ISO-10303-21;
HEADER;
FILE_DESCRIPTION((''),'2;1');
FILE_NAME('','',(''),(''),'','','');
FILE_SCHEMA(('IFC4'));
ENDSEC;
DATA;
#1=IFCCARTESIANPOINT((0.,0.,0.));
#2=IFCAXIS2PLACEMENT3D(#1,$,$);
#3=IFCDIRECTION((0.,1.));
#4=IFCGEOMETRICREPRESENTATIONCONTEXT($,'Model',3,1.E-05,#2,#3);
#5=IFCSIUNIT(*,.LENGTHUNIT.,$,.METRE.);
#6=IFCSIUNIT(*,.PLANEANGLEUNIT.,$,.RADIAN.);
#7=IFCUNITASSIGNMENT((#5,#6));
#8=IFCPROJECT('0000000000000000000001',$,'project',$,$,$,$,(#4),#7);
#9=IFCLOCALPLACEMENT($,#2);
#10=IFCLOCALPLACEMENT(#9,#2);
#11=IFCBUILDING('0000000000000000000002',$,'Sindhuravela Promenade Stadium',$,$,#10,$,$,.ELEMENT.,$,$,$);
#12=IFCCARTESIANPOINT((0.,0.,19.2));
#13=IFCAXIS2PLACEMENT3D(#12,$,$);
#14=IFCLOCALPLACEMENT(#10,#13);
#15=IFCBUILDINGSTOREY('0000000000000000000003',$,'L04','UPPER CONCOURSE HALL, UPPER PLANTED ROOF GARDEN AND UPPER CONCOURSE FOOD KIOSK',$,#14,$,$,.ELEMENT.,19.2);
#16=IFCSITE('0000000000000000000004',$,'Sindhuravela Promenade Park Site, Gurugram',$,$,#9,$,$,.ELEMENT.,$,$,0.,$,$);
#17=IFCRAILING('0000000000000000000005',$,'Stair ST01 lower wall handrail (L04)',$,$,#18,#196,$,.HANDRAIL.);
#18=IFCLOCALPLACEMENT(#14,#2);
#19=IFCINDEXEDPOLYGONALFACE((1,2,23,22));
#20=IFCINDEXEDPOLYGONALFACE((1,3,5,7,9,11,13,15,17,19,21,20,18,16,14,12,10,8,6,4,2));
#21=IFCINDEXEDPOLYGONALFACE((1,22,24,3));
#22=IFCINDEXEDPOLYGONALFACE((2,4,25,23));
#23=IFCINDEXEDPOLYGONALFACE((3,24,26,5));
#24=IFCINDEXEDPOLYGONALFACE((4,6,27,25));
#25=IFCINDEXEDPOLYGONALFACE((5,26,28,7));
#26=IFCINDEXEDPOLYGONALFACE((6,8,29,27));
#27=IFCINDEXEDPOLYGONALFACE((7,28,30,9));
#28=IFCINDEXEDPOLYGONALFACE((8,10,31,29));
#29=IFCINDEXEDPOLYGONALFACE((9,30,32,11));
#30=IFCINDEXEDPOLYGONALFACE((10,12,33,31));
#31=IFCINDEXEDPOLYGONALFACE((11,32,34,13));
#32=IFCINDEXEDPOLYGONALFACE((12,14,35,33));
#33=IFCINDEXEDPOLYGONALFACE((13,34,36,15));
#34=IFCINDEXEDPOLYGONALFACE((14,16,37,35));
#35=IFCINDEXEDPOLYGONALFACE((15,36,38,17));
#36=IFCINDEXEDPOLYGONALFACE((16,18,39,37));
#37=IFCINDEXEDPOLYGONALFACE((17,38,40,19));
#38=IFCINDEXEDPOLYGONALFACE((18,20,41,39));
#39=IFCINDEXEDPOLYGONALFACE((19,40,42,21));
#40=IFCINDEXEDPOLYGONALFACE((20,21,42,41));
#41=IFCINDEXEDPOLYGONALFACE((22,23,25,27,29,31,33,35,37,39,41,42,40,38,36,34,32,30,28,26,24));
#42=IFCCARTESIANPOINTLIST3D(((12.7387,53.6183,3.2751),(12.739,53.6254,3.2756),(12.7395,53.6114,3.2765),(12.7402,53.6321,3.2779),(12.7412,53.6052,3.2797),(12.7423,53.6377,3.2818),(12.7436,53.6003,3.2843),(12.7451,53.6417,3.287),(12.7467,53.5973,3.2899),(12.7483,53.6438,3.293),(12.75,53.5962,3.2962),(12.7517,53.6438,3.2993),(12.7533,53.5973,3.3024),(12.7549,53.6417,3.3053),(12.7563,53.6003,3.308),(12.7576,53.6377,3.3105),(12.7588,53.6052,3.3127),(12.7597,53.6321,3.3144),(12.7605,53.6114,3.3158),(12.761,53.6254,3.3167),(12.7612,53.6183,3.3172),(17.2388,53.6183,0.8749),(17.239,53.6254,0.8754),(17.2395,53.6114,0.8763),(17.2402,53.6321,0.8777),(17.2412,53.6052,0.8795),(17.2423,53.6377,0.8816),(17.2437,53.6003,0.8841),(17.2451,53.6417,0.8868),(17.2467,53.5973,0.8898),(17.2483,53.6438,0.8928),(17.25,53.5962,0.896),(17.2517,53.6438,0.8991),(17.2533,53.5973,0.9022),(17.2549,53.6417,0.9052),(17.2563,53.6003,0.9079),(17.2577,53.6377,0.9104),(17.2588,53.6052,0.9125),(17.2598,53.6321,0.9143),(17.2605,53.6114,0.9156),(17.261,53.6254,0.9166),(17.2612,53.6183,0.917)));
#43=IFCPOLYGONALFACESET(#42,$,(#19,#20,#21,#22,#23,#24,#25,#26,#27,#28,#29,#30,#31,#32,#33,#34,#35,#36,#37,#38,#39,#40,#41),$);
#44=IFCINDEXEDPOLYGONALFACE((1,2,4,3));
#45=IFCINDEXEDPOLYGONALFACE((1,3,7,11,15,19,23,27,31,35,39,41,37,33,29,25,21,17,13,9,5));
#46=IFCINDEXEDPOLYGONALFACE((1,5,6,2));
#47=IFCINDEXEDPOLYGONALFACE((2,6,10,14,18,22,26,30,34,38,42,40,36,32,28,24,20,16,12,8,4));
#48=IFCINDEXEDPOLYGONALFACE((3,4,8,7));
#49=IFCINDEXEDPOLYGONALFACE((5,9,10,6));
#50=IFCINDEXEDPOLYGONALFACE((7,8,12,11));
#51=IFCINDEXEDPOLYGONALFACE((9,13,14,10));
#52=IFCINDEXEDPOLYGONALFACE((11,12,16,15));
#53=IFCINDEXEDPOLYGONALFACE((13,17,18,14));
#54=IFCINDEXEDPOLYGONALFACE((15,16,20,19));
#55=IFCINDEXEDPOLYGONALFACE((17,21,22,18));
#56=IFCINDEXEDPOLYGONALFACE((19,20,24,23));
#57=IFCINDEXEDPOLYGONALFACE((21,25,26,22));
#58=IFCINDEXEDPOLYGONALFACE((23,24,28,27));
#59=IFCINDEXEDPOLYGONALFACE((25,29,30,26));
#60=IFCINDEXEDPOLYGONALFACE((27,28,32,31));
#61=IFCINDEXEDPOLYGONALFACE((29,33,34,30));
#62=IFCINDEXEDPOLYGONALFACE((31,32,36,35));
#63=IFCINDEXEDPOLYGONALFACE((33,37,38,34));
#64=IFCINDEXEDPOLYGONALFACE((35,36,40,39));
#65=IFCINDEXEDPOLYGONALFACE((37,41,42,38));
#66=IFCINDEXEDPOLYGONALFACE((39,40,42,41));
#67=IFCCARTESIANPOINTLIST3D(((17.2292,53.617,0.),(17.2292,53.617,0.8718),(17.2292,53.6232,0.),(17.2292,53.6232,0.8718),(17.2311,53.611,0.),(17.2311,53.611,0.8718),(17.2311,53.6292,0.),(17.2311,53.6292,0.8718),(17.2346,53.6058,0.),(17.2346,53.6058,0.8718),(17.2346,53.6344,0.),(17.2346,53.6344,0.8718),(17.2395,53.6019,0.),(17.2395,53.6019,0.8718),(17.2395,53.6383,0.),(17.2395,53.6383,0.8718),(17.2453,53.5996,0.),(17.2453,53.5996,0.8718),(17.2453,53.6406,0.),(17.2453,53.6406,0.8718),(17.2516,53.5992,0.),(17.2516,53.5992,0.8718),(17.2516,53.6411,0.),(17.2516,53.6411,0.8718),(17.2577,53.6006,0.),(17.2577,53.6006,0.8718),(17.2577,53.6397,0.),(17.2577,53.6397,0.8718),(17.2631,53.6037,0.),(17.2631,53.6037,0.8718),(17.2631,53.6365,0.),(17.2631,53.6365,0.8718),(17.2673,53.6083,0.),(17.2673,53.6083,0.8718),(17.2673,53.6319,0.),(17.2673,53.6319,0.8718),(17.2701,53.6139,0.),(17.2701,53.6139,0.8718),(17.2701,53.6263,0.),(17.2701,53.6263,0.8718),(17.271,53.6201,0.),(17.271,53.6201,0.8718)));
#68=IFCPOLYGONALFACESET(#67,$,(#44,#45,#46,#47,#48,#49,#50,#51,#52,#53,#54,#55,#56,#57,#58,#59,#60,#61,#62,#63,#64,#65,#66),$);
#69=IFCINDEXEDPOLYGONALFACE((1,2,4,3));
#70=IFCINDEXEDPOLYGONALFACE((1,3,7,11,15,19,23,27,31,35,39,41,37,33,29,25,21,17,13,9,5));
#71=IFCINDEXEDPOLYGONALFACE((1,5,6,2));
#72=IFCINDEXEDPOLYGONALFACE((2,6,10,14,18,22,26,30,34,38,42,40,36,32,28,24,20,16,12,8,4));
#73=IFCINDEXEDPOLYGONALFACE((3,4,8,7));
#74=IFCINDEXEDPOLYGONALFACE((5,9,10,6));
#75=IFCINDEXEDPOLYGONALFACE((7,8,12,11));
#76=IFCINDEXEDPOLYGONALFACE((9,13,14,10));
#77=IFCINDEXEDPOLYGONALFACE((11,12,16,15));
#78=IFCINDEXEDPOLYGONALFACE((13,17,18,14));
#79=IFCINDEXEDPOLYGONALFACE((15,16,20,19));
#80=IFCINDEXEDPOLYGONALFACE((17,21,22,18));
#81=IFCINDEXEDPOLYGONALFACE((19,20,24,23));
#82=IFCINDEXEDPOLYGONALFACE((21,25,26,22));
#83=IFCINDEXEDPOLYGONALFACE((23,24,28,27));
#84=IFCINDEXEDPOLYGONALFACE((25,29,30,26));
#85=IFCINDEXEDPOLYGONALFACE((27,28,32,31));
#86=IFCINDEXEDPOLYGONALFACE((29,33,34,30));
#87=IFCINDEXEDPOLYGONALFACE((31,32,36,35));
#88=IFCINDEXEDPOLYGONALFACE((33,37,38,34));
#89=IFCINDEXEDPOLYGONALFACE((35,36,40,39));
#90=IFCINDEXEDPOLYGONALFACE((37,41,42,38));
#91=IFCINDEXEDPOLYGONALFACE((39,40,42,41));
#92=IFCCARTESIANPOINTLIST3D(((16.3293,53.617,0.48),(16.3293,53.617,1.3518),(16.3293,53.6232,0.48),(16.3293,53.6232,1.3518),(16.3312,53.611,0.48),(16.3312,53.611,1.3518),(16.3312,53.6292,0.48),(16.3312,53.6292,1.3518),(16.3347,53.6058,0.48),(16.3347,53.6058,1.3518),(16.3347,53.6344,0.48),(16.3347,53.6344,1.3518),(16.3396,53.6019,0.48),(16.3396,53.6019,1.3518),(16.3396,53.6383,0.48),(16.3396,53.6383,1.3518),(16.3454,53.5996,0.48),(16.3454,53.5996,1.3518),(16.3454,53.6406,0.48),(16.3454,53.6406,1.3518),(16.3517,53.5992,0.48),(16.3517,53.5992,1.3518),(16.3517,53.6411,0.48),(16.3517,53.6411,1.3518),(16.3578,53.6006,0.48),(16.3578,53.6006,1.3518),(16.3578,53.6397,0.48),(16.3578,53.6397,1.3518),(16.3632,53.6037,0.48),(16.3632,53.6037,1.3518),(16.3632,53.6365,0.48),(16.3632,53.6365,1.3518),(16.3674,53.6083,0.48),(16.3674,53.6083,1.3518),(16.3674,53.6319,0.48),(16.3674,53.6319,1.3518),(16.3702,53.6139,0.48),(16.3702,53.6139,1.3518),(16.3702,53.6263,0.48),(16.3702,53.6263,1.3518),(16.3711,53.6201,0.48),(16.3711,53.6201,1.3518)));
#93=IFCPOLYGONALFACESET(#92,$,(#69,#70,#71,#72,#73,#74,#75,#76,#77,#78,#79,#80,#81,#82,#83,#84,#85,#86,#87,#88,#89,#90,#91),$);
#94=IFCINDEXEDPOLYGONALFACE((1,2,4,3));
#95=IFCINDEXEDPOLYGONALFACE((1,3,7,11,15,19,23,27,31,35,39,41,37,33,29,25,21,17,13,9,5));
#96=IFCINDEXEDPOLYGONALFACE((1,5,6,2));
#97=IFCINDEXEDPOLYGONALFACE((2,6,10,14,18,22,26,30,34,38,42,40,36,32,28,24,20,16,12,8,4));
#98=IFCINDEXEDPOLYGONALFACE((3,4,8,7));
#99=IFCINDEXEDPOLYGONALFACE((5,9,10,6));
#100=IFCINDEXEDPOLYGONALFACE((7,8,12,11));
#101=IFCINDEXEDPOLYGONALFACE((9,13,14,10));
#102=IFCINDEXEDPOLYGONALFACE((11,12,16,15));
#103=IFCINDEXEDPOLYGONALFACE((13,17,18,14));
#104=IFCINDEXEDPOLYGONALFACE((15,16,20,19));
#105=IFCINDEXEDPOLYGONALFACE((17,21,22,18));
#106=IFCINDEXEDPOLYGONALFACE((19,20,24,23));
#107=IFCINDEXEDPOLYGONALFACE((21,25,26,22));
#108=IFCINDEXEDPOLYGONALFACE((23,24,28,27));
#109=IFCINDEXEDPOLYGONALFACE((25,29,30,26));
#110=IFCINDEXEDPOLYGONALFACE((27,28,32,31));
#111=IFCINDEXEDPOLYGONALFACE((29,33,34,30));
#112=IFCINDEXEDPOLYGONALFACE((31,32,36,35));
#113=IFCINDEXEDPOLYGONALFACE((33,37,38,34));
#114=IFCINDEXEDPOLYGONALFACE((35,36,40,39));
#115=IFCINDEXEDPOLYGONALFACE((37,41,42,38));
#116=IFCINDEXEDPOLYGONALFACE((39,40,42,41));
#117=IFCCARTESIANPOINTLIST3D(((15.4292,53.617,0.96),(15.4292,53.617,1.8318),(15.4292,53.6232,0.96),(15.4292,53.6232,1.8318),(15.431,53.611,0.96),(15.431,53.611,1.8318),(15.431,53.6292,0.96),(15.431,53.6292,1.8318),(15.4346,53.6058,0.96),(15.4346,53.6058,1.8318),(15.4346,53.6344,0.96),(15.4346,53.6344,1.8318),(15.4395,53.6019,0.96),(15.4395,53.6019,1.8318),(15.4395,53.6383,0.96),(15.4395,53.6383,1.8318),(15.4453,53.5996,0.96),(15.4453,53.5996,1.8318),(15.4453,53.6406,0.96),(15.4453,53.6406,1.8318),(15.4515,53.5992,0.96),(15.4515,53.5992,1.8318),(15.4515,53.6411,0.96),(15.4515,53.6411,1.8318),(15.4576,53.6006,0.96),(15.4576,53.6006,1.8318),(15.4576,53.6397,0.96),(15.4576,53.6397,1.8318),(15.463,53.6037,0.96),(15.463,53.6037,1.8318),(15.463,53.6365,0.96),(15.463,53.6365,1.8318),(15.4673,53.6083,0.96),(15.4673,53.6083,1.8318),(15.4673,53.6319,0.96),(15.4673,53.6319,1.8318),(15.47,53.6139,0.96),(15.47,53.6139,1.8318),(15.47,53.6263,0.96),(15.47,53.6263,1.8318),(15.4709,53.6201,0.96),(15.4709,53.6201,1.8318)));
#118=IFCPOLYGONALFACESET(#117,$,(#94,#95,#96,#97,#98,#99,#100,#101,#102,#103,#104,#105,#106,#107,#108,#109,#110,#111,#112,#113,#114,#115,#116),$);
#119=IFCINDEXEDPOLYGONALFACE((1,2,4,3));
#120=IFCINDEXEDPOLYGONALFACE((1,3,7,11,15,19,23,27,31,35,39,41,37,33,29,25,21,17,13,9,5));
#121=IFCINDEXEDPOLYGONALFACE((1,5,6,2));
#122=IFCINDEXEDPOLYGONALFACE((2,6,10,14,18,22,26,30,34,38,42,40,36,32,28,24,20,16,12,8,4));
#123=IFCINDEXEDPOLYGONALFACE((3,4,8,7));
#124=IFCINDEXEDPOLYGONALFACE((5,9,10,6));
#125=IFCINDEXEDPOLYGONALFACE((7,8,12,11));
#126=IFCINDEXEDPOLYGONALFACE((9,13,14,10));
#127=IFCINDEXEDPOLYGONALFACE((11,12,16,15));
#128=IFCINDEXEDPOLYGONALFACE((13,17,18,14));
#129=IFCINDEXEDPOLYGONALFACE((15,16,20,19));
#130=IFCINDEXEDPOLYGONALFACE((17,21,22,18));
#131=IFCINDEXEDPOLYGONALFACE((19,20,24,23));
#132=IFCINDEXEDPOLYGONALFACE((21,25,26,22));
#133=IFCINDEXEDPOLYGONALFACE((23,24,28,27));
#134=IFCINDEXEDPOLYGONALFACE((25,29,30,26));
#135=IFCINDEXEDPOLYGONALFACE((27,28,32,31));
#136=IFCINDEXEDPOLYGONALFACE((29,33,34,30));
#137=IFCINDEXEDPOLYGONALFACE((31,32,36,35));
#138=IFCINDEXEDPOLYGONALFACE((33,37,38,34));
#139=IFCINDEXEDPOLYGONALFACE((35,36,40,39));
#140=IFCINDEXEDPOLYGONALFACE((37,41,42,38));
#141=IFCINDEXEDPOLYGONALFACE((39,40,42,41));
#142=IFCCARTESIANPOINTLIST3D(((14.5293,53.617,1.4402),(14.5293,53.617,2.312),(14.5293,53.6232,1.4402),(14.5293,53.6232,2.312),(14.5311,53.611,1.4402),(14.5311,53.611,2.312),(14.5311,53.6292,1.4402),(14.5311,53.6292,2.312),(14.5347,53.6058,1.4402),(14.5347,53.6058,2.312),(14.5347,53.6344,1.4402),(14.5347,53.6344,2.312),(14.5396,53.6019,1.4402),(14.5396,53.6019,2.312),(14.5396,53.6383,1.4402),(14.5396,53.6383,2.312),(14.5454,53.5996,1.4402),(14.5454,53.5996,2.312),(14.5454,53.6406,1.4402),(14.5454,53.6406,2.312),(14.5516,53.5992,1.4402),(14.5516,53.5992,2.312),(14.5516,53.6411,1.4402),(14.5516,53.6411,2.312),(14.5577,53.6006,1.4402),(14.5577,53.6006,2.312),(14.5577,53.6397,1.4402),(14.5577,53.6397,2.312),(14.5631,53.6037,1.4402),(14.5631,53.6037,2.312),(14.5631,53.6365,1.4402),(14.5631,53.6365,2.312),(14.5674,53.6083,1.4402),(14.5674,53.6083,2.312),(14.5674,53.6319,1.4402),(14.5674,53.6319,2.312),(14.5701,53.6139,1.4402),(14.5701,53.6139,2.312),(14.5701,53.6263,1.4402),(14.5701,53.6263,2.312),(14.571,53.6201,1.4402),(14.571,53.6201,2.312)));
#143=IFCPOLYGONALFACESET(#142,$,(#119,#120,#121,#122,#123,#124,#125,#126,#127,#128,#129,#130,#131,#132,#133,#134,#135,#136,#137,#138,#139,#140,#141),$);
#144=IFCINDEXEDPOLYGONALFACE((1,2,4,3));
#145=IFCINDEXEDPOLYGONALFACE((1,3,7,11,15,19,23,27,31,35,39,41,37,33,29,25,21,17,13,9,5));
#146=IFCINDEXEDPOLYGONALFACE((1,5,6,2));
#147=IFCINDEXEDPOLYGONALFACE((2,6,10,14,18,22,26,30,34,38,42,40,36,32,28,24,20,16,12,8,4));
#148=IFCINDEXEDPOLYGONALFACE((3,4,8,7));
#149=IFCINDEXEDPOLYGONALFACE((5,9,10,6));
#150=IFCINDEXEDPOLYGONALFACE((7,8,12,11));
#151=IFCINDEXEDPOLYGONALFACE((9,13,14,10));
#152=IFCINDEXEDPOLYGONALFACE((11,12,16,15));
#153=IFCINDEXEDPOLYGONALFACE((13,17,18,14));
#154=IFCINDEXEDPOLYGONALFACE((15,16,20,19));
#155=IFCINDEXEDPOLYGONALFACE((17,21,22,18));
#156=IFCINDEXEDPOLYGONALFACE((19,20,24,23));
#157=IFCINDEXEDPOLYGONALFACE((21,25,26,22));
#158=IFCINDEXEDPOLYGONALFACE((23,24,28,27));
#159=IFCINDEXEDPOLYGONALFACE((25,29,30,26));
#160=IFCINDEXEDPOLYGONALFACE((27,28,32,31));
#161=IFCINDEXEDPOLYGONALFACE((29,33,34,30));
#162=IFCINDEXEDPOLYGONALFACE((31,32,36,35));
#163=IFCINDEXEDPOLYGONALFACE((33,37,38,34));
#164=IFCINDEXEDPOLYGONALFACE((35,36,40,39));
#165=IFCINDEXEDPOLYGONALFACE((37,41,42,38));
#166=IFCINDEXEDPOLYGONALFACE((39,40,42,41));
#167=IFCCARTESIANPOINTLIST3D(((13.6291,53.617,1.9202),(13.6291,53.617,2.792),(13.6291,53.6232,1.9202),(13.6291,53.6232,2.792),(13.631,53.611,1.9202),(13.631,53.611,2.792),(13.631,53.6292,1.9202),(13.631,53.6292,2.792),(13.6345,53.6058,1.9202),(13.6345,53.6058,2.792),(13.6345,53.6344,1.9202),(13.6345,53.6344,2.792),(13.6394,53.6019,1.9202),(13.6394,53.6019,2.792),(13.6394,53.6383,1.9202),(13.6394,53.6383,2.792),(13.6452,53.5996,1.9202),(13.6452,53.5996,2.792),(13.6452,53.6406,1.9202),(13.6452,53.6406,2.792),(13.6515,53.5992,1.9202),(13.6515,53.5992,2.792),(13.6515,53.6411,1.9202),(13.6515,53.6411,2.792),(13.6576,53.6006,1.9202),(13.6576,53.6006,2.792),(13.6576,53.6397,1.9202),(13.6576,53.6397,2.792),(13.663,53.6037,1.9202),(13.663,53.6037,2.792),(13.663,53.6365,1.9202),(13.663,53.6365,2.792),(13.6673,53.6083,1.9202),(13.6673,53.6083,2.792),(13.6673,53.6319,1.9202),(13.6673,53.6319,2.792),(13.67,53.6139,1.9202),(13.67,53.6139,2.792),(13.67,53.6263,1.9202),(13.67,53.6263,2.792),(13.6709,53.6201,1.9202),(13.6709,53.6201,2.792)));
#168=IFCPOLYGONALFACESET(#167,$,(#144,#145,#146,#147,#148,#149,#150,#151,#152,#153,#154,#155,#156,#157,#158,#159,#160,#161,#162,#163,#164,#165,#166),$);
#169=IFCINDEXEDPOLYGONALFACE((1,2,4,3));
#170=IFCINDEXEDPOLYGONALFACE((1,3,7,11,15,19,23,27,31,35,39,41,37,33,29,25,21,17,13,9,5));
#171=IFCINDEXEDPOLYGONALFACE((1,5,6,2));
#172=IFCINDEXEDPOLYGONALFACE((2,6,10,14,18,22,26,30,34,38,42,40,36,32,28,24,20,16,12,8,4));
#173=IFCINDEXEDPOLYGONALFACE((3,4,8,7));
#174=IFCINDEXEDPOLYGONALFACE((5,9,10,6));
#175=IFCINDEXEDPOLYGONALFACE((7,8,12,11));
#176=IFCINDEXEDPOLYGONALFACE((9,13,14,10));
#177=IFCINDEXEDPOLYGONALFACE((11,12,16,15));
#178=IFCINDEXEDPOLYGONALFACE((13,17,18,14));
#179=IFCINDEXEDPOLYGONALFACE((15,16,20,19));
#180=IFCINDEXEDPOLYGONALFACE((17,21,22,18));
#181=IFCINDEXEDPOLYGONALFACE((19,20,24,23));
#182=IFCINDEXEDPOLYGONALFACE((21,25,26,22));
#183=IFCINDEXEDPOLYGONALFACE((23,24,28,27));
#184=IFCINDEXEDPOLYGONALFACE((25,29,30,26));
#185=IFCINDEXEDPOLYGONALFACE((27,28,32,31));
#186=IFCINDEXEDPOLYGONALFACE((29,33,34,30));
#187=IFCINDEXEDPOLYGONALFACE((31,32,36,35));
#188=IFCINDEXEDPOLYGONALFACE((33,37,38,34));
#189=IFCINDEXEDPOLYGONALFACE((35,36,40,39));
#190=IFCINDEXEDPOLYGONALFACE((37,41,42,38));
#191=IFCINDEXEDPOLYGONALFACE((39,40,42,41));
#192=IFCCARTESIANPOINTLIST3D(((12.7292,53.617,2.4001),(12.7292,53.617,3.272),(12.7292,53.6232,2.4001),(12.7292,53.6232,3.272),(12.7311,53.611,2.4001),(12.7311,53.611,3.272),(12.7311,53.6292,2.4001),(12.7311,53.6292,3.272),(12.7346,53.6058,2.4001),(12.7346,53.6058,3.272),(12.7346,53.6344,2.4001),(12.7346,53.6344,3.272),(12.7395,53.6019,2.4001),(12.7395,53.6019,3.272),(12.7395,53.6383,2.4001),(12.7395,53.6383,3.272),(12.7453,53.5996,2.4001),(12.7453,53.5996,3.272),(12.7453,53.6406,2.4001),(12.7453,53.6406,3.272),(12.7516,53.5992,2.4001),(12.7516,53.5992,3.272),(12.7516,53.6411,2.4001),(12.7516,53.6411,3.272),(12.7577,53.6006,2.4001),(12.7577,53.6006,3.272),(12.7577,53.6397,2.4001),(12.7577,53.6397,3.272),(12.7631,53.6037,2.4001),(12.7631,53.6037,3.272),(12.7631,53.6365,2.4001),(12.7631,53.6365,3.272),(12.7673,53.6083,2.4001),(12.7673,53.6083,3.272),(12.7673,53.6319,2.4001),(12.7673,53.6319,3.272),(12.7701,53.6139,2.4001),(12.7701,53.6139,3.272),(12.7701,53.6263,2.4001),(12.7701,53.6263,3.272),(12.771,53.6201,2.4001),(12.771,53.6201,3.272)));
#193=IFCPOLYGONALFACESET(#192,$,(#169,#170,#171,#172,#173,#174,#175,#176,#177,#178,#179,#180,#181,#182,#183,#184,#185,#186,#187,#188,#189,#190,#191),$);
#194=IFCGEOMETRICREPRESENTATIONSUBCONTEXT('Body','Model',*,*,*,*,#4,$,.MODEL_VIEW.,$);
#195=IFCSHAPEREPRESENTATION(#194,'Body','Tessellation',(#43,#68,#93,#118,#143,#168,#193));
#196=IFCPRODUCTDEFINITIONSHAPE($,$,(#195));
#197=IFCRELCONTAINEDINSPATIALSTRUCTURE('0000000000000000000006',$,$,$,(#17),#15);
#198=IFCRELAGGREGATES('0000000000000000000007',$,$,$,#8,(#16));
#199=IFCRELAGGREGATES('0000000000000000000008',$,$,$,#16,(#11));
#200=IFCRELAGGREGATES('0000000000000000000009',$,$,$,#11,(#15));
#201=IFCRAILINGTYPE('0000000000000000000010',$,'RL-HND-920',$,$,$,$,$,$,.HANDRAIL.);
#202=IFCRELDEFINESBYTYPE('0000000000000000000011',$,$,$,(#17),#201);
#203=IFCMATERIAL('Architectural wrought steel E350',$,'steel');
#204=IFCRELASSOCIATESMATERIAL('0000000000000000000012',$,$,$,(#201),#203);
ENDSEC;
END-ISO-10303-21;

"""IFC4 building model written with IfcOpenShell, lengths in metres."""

from ifc_helpers import new_model, si_unit, direction, frame, origin, origin_2d, place, context, subcontext, project, spatial, circle, extrude, material, type_object, element, save


model = new_model("IFC4")

# Units and contexts
model_context = context("Model", 3, precision=1e-05, world=origin(), true_north=direction((0.0, 1.0)))
body_context = subcontext(model_context, "Body", "Model", "MODEL_VIEW")
ifc_project = project(units=[si_unit("LENGTHUNIT", "METRE"), si_unit("PLANEANGLEUNIT", "RADIAN")], contexts=[model_context])

# Site, building, storey
site_placement = place(None, origin())
site = spatial("IfcSite", under=ifc_project, at=site_placement, Name="Sindhuravela Promenade Park Site, Gurugram", CompositionType="ELEMENT", RefElevation=0.0)
building_placement = place(site_placement, origin())
building = spatial("IfcBuilding", under=site, at=building_placement, Name="Sindhuravela Promenade Stadium", CompositionType="ELEMENT")
storey_placement = place(building_placement, frame((0.0, 0.0, 19.2)))
storey = spatial("IfcBuildingStorey", under=building, at=storey_placement, Name="L04", Description="UPPER CONCOURSE HALL, UPPER PLANTED ROOF GARDEN AND UPPER CONCOURSE FOOD KIOSK", CompositionType="ELEMENT", Elevation=19.2)

# Shared definitions
ifc_material_1 = material(Name="Architectural wrought steel E350", Category="steel")

# Railing
railing_type_1 = type_object("IfcRailingType", Name="RL-HND-920", PredefinedType="HANDRAIL", material=ifc_material_1)
railing_1_placement = place(storey_placement, frame((17.25, 53.6201, 0.0)))
element("IfcRailing", 1, at=railing_1_placement, inside=storey, type_object=railing_type_1, Name="Stair ST01 lower wall handrail (L04)", PredefinedType="HANDRAIL", context=body_context, shape_type="SweptSolid", body=[
    extrude(circle(Radius=0.0239, at=origin_2d()), frame((0.0, 0.0, 0.896), z_axis=(-0.882341, 0.0, 0.470611), x_axis=(0.0, -1.0, 0.0)), (0.0, 0.0, 1.0), 5.1001),
    extrude(circle(Radius=0.021, at=origin_2d()), origin(), (0.0, 0.0, 1.0), 0.8718),
    extrude(circle(Radius=0.021, at=origin_2d()), frame((-0.8999, 0.0, 0.48)), (0.0, 0.0, 1.0), 0.8718),
    extrude(circle(Radius=0.021, at=origin_2d()), frame((-1.8, 0.0, 0.96)), (0.0, 0.0, 1.0), 0.8718),
    extrude(circle(Radius=0.021, at=origin_2d()), frame((-2.7, 0.0, 1.4402)), (0.0, 0.0, 1.0), 0.8718),
    extrude(circle(Radius=0.021, at=origin_2d()), frame((-3.6001, 0.0, 1.9202)), (0.0, 0.0, 1.0), 0.8718),
    extrude(circle(Radius=0.021, at=origin_2d()), frame((-4.5, 0.0, 2.4001)), (0.0, 0.0, 1.0), 0.8718),
])

save(model, "model.ifc")
